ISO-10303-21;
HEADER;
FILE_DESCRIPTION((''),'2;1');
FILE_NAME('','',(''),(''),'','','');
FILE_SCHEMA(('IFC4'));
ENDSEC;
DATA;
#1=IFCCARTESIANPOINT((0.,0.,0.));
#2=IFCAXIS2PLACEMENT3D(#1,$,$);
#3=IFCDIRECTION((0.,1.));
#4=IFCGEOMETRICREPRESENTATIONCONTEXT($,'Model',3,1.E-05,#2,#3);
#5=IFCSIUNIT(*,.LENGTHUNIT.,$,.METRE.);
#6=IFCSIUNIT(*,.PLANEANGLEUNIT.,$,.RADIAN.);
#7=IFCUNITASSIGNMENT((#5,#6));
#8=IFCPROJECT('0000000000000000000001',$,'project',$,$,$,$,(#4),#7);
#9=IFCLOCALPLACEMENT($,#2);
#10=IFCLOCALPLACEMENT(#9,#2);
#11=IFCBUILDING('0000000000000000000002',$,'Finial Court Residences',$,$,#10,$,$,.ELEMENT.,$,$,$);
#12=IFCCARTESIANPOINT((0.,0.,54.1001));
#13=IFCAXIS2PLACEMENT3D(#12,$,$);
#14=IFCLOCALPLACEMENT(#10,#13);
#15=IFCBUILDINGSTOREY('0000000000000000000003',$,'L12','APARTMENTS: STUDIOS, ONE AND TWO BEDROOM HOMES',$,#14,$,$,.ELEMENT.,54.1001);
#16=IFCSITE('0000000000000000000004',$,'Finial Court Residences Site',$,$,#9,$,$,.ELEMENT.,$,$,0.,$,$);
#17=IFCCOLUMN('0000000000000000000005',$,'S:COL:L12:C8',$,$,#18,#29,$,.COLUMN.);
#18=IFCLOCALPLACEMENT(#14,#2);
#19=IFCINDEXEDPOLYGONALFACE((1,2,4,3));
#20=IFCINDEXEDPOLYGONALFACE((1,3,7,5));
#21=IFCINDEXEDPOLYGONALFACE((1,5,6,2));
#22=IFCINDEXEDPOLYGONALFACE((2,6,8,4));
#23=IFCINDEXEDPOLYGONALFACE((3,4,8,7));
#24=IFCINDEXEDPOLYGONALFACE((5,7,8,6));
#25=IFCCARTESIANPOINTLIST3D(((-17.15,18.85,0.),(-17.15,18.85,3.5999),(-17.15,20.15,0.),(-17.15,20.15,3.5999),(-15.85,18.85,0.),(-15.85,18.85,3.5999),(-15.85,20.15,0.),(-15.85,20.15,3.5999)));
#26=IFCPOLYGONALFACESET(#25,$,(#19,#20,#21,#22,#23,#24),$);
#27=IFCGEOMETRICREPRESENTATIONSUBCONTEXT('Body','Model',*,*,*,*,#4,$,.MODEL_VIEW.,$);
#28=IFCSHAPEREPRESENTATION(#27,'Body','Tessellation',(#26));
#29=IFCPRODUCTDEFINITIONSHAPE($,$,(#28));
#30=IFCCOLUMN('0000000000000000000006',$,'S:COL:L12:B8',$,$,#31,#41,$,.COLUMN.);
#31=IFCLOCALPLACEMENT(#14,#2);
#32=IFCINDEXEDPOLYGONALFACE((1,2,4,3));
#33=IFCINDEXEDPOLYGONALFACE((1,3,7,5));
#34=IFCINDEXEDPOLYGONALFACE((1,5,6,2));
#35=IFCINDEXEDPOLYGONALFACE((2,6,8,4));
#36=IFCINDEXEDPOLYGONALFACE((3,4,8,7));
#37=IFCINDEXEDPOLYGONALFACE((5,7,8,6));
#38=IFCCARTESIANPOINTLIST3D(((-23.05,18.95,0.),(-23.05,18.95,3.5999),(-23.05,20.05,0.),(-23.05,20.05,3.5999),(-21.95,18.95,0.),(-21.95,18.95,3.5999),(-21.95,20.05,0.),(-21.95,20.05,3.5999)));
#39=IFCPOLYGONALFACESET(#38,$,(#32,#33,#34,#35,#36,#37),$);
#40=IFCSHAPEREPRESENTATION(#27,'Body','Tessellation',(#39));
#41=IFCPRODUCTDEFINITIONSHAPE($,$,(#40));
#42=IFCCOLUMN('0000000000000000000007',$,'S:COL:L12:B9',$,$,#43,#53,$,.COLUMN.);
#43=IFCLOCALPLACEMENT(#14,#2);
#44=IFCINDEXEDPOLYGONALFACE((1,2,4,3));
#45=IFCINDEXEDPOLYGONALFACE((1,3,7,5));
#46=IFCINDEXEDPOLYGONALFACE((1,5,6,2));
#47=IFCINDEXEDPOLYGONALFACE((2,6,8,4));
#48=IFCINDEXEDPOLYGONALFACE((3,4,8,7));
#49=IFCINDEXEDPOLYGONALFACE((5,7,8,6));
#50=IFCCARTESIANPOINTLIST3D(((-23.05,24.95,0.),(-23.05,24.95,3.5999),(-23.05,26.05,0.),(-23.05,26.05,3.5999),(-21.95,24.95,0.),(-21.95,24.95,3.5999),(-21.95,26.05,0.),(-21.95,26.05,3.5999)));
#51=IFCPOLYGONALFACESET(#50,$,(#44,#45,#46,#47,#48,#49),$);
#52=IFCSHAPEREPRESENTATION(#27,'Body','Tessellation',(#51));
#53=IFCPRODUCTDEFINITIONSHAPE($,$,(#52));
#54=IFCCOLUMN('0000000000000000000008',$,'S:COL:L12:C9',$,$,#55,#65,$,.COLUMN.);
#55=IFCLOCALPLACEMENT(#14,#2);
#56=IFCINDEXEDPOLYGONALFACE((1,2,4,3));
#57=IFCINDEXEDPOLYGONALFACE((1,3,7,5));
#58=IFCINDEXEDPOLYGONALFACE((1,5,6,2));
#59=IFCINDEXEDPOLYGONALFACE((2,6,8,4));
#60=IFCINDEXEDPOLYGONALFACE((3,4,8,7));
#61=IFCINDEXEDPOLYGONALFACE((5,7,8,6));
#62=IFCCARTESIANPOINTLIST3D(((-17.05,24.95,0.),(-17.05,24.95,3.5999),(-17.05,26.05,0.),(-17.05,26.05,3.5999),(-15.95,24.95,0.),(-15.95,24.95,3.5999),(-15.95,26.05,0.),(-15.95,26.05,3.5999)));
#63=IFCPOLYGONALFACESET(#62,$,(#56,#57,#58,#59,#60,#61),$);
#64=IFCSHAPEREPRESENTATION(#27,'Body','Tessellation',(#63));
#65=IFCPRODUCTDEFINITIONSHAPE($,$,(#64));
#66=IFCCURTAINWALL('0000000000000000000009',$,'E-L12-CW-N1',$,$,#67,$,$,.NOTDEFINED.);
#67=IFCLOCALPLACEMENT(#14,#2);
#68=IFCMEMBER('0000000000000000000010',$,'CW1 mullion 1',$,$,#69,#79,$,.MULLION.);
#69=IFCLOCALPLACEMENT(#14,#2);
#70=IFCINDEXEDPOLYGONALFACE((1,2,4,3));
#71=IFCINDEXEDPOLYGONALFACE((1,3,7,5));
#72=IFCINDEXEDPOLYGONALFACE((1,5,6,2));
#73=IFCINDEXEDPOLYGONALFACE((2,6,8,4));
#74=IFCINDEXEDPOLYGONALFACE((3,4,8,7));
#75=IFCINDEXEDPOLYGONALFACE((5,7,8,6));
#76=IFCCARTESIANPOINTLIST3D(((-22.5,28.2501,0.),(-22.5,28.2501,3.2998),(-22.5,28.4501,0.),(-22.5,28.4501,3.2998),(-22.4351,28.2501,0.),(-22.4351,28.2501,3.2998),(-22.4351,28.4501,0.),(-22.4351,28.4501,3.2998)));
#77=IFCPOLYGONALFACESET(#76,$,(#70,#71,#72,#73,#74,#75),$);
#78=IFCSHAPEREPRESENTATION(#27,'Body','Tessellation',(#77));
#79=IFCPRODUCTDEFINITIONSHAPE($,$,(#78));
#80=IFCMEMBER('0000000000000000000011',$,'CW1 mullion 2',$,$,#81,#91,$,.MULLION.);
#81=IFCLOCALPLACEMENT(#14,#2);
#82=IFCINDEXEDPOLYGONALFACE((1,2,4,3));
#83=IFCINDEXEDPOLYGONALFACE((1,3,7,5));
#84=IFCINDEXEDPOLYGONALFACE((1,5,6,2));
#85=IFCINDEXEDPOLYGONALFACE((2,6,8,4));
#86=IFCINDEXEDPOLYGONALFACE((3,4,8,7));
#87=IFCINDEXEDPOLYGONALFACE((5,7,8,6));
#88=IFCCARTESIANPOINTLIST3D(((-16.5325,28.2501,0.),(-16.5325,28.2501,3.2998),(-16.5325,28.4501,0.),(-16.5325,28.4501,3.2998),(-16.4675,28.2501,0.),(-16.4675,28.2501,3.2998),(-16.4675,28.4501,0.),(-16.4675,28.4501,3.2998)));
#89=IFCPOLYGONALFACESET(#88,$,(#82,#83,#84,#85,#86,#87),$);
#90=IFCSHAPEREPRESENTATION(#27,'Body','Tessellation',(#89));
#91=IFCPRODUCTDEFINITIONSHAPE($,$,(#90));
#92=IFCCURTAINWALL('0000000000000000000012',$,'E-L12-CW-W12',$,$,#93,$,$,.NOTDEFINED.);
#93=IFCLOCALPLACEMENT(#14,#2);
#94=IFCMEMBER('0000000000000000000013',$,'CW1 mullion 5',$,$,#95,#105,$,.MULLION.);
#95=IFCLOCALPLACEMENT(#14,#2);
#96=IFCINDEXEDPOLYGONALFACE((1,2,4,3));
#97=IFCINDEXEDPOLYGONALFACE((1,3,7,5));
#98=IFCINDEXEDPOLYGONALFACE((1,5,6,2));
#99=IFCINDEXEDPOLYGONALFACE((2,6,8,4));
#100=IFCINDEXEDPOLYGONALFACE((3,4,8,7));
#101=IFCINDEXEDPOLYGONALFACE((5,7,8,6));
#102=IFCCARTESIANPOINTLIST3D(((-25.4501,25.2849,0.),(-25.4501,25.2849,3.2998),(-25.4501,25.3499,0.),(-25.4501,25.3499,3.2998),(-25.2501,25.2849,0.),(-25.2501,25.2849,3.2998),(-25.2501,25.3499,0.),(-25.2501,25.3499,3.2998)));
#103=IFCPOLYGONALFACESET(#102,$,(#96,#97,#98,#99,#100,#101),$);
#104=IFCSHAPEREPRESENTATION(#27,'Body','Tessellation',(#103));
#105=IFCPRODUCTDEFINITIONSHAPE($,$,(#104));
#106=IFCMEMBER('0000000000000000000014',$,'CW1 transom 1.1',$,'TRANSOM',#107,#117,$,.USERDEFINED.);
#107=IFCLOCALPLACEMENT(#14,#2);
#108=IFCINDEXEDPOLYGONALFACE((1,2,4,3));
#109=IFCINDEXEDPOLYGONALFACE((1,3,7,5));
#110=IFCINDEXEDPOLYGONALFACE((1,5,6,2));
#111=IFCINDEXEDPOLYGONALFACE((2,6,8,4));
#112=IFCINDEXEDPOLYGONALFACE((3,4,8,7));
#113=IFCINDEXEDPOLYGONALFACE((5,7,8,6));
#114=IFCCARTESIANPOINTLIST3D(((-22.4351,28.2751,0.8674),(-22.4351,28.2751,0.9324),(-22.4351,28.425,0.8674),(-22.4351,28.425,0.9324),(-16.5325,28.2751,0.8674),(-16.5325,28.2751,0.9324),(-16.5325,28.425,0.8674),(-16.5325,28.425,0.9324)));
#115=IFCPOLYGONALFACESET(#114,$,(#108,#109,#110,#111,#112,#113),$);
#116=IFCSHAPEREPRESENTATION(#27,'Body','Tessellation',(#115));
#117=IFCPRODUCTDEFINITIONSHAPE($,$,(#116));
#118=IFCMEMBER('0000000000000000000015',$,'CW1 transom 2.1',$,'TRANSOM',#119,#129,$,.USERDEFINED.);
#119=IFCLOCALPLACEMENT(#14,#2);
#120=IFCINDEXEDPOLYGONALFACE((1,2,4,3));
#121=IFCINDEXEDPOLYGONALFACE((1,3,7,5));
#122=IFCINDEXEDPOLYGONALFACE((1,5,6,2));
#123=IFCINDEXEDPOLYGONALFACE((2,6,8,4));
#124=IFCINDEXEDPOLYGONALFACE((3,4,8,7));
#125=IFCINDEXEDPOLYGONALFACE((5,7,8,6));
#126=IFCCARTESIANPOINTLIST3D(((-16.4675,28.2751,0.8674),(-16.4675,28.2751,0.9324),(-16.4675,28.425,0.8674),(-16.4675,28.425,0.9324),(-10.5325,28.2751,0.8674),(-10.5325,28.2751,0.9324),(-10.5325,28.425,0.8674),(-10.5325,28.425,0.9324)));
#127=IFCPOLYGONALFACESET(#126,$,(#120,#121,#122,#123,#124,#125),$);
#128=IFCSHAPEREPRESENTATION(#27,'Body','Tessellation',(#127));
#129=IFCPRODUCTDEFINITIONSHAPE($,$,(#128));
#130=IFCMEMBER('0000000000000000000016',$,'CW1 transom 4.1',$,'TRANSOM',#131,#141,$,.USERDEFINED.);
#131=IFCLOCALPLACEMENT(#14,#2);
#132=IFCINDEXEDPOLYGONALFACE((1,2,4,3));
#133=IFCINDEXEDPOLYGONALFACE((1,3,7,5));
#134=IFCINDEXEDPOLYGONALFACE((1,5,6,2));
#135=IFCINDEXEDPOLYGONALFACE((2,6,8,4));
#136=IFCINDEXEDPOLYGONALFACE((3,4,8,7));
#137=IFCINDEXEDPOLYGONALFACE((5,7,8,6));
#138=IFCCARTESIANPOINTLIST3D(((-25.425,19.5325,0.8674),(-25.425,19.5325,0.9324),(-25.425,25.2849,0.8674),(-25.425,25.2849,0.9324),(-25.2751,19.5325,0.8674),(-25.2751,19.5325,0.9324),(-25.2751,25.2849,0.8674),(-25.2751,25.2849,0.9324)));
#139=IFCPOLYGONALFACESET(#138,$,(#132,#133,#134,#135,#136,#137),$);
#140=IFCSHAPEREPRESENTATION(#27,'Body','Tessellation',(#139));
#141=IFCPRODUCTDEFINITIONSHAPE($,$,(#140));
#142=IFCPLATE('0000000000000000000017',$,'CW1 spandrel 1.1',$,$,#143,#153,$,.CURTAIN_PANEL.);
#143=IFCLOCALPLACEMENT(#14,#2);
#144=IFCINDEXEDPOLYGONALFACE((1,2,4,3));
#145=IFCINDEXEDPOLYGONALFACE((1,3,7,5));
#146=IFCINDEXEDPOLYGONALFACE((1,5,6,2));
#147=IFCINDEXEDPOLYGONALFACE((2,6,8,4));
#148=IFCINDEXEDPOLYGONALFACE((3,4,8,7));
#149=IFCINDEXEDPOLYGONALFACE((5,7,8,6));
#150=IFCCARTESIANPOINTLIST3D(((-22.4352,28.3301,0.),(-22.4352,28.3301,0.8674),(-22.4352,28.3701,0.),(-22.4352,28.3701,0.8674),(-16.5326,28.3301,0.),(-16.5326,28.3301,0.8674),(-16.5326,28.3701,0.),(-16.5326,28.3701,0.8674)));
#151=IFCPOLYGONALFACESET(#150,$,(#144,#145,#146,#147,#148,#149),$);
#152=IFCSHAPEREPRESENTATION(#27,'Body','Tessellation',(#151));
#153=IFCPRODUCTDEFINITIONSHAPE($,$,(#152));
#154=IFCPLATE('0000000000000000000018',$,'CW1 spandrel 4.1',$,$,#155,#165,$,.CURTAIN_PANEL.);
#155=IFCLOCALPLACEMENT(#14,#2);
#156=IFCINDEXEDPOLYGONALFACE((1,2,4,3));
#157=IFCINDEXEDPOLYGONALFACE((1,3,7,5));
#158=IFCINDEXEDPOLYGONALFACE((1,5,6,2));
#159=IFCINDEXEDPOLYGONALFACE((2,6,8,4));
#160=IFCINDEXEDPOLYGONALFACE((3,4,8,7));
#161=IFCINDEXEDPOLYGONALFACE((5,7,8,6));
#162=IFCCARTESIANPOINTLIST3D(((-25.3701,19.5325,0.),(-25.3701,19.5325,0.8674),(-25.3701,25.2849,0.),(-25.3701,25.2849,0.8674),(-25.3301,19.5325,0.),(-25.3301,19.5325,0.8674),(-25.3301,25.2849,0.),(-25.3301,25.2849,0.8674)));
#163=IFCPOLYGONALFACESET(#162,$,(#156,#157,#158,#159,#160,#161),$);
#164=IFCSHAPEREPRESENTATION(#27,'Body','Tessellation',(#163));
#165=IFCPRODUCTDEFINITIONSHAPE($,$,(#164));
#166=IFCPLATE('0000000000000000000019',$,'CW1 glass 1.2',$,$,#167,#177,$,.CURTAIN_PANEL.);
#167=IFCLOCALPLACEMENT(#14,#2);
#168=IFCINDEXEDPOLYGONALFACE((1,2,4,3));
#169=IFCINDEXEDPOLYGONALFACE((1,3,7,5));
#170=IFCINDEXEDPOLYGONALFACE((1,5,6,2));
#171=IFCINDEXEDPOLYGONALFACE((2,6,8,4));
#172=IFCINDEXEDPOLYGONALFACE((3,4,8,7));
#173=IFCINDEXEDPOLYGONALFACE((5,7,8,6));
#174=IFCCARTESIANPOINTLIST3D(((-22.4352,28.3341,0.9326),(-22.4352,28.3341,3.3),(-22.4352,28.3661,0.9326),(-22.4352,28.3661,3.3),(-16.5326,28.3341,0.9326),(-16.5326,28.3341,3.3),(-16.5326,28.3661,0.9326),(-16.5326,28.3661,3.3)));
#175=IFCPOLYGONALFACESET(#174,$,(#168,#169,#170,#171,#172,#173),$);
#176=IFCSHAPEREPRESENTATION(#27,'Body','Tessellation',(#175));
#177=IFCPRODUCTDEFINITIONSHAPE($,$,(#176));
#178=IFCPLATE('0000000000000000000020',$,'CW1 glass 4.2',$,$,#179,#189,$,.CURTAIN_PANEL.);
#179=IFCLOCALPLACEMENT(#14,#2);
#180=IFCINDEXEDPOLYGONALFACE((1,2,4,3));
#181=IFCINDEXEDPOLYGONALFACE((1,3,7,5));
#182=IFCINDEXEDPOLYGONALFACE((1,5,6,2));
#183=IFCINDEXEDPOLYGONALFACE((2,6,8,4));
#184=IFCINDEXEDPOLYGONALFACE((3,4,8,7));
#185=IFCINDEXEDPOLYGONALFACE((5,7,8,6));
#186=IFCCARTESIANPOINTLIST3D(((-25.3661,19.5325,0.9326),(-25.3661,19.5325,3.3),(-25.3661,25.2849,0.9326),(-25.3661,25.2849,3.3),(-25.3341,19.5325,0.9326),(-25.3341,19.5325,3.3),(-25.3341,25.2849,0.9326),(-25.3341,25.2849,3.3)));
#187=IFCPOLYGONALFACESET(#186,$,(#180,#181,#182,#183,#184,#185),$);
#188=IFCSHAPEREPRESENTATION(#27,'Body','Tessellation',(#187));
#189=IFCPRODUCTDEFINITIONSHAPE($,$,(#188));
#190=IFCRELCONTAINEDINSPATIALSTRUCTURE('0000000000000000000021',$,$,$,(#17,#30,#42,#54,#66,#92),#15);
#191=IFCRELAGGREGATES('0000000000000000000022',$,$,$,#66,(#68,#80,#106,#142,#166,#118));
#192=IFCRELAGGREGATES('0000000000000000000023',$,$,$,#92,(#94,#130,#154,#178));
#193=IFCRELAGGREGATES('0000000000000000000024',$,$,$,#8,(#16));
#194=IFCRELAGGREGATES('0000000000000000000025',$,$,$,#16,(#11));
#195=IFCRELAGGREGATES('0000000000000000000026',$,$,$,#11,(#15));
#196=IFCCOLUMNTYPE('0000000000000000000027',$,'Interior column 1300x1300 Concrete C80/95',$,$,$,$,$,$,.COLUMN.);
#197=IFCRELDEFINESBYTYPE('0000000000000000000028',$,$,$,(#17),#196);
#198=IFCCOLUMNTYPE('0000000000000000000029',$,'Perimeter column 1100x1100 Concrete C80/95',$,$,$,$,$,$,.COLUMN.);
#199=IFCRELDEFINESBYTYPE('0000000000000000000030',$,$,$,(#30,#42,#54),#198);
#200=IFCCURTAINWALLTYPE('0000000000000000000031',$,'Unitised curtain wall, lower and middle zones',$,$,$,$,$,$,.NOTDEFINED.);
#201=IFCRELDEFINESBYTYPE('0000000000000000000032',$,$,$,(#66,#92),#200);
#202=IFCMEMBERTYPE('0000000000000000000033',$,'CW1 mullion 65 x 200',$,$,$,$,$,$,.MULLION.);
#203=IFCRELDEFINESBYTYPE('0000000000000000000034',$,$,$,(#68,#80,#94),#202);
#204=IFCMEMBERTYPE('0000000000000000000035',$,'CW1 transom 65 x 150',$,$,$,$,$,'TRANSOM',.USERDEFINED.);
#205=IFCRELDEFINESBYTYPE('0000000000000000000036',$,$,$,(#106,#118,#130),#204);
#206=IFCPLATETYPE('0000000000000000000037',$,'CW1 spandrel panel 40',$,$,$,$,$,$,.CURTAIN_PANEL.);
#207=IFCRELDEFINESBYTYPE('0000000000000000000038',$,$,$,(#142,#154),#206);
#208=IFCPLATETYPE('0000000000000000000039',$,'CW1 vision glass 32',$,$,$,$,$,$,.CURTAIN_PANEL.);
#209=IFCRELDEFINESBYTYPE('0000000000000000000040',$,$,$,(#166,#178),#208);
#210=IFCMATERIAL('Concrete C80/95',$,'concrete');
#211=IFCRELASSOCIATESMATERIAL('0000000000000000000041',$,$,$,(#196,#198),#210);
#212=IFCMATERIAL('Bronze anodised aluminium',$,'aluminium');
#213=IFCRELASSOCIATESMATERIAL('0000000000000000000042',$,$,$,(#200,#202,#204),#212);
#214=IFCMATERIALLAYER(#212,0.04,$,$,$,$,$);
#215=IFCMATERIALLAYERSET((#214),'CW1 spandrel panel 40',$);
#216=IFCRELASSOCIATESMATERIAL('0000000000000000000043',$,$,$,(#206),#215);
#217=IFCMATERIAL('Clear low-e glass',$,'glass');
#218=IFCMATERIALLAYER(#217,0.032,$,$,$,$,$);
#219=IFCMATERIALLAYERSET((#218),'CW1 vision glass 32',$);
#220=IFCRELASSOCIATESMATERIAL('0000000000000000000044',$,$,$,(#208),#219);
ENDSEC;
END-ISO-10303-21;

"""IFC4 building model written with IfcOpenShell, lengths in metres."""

from ifc_helpers import new_model, si_unit, direction, frame, origin, origin_2d, place, context, subcontext, project, spatial, rectangle, extrude, material, layer, layer_set, material_profile, profile_set, type_object, element, aggregate, save


model = new_model("IFC4")

# Units and contexts
model_context = context("Model", 3, precision=1e-05, world=origin(), true_north=direction((0.0, 1.0)))
body_context = subcontext(model_context, "Body", "Model", "MODEL_VIEW")
ifc_project = project(units=[si_unit("LENGTHUNIT", "METRE"), si_unit("PLANEANGLEUNIT", "RADIAN")], contexts=[model_context])

# Site, building, storey
site_placement = place(None, origin())
site = spatial("IfcSite", under=ifc_project, at=site_placement, Name="Finial Court Residences Site", CompositionType="ELEMENT", RefElevation=0.0)
building_placement = place(site_placement, origin())
building = spatial("IfcBuilding", under=site, at=building_placement, Name="Finial Court Residences", CompositionType="ELEMENT")
storey_placement = place(building_placement, frame((0.0, 0.0, 54.1001)))
storey = spatial("IfcBuildingStorey", under=building, at=storey_placement, Name="L12", Description="APARTMENTS: STUDIOS, ONE AND TWO BEDROOM HOMES", CompositionType="ELEMENT", Elevation=54.1001)

# Columns
ifc_material_1 = material(Name="Concrete C80/95", Category="concrete")
ifc_material_profile_1 = material_profile(ifc_material_1, rectangle(XDim=1.3, YDim=1.3, at=origin_2d()), Name="1300x1300")
ifc_profile_set_1 = profile_set([ifc_material_profile_1], Name="Concrete C80/95")
column_type_1 = type_object("IfcColumnType", Name="Interior column 1300x1300 Concrete C80/95", PredefinedType="COLUMN", material=ifc_profile_set_1)
column_placement = place(storey_placement, frame((-16.5, 19.5, 0.0), z_axis=(0.0, 0.0, 1.0), x_axis=(1.0, 0.0, 0.0)))
element("IfcColumn", 1, at=column_placement, inside=storey, type_object=column_type_1, Name="S:COL:L12:C8", PredefinedType="COLUMN", context=body_context, shape_type="SweptSolid", body=[
    extrude(rectangle(XDim=1.3, YDim=1.3, at=origin_2d()), origin(), (0.0, 0.0, 1.0), 3.5999),
])
ifc_material_profile_2 = material_profile(ifc_material_1, rectangle(XDim=1.1001, YDim=1.1001, at=origin_2d()), Name="1100x1100")
ifc_profile_set_2 = profile_set([ifc_material_profile_2], Name="Concrete C80/95")
column_type_2 = type_object("IfcColumnType", Name="Perimeter column 1100x1100 Concrete C80/95", PredefinedType="COLUMN", material=ifc_profile_set_2)
for number, where, z_axis, x_axis, name in (
    (2, (-22.5, 19.5, 0.0), (0.0, 0.0, 1.0), (1.0, 0.0, 0.0), "S:COL:L12:B8"),
    (3, (-22.5, 25.5, 0.0), (0.0, 0.0, 1.0), (1.0, 0.0, 0.0), "S:COL:L12:B9"),
    (4, (-16.5, 25.5, 0.0), (0.0, 0.0, 1.0), (1.0, 0.0, 0.0), "S:COL:L12:C9"),
):
    element("IfcColumn", number, at=place(storey_placement, frame(where, z_axis=z_axis, x_axis=x_axis)), inside=storey, type_object=column_type_2, Name=name, PredefinedType="COLUMN", context=body_context, shape_type="SweptSolid", body=[
        extrude(rectangle(XDim=1.1001, YDim=1.1001, at=origin_2d()), origin(), (0.0, 0.0, 1.0), 3.5999),
    ])

# Curtain wall, members
ifc_material_2 = material(Name="Bronze anodised aluminium", Category="aluminium")
curtain_wall_type = type_object("IfcCurtainWallType", Name="Unitised curtain wall, lower and middle zones", PredefinedType="NOTDEFINED", material=ifc_material_2)
curtain_wall_1_placement = place(storey_placement, origin())
curtain_wall_1 = element("IfcCurtainWall", 5, at=curtain_wall_1_placement, inside=storey, type_object=curtain_wall_type, Name="E-L12-CW-N1", PredefinedType="NOTDEFINED")
ifc_material_profile_3 = material_profile(ifc_material_2, rectangle(XDim=0.2, YDim=0.0649, at=origin_2d()), Name="CW1 mullion 65 x 200")
ifc_profile_set_3 = profile_set([ifc_material_profile_3], Name="Bronze anodised aluminium")
member_type_1 = type_object("IfcMemberType", Name="CW1 mullion 65 x 200", PredefinedType="MULLION", material=ifc_profile_set_3)
member_1_placement = place(storey_placement, frame((-22.4675, 28.3501, 0.0), z_axis=(0.0, 0.0, 1.0), x_axis=(0.0, 1.0, 0.0)))
member_1 = element("IfcMember", 6, at=member_1_placement, type_object=member_type_1, Name="CW1 mullion 1", PredefinedType="MULLION", context=body_context, shape_type="SweptSolid", body=[
    extrude(rectangle(XDim=0.2, YDim=0.0649, at=origin_2d()), origin(), (0.0, 0.0, 1.0), 3.2998),
])
member_2_placement = place(storey_placement, frame((-16.5, 28.3501, 0.0), z_axis=(0.0, 0.0, 1.0), x_axis=(0.0, 1.0, 0.0)))
member_2 = element("IfcMember", 7, at=member_2_placement, type_object=member_type_1, Name="CW1 mullion 2", PredefinedType="MULLION", context=body_context, shape_type="SweptSolid", body=[
    extrude(rectangle(XDim=0.2, YDim=0.0649, at=origin_2d()), origin(), (0.0, 0.0, 1.0), 3.2998),
])

# Curtain wall, member
curtain_wall_2_placement = place(storey_placement, origin())
curtain_wall_2 = element("IfcCurtainWall", 8, at=curtain_wall_2_placement, inside=storey, type_object=curtain_wall_type, Name="E-L12-CW-W12", PredefinedType="NOTDEFINED")
member_3_placement = place(storey_placement, frame((-25.3501, 25.3174, 0.0), z_axis=(0.0, 0.0, 1.0), x_axis=(-1.0, 0.0, 0.0)))
member_3 = element("IfcMember", 9, at=member_3_placement, type_object=member_type_1, Name="CW1 mullion 5", PredefinedType="MULLION", context=body_context, shape_type="SweptSolid", body=[
    extrude(rectangle(XDim=0.2, YDim=0.0649, at=origin_2d()), origin(), (0.0, 0.0, 1.0), 3.2998),
])

# Members
ifc_material_profile_4 = material_profile(ifc_material_2, rectangle(XDim=0.1499, YDim=0.0649, at=origin_2d()), Name="CW1 transom 65 x 150")
ifc_profile_set_4 = profile_set([ifc_material_profile_4], Name="Bronze anodised aluminium")
member_type_2 = type_object("IfcMemberType", Name="CW1 transom 65 x 150", ElementType="TRANSOM", PredefinedType="USERDEFINED", material=ifc_profile_set_4)
member_4_placement = place(storey_placement, frame((-22.4351, 28.3501, 0.8999), z_axis=(1.0, 0.0, 0.0), x_axis=(0.0, 1.0, 0.0)))
member_4 = element("IfcMember", 10, at=member_4_placement, type_object=member_type_2, Name="CW1 transom 1.1", ObjectType="TRANSOM", PredefinedType="USERDEFINED", context=body_context, shape_type="SweptSolid", body=[
    extrude(rectangle(XDim=0.1499, YDim=0.0649, at=origin_2d()), origin(), (0.0, 0.0, 1.0), 5.9026),
])
member_5_placement = place(storey_placement, frame((-16.4675, 28.3501, 0.8999), z_axis=(1.0, 0.0, 0.0), x_axis=(0.0, 1.0, 0.0)))
member_5 = element("IfcMember", 11, at=member_5_placement, type_object=member_type_2, Name="CW1 transom 2.1", ObjectType="TRANSOM", PredefinedType="USERDEFINED", context=body_context, shape_type="SweptSolid", body=[
    extrude(rectangle(XDim=0.1499, YDim=0.0649, at=origin_2d()), origin(), (0.0, 0.0, 1.0), 5.9351),
])
member_6_placement = place(storey_placement, frame((-25.3501, 19.5325, 0.8999), z_axis=(0.0, 1.0, 0.0), x_axis=(-1.0, 0.0, 0.0)))
member_6 = element("IfcMember", 12, at=member_6_placement, type_object=member_type_2, Name="CW1 transom 4.1", ObjectType="TRANSOM", PredefinedType="USERDEFINED", context=body_context, shape_type="SweptSolid", body=[
    extrude(rectangle(XDim=0.1499, YDim=0.0649, at=origin_2d()), origin(), (0.0, 0.0, 1.0), 5.7524),
])

# Plates
ifc_layer_1 = layer(ifc_material_2, 0.04)
ifc_layer_set_1 = layer_set([ifc_layer_1], Name="CW1 spandrel panel 40")
plate_type_1 = type_object("IfcPlateType", Name="CW1 spandrel panel 40", PredefinedType="CURTAIN_PANEL", material=ifc_layer_set_1)
plate_1_placement = place(storey_placement, frame((-19.4839, 28.3501, 0.0), z_axis=(0.0, 0.0, 1.0), x_axis=(1.0, 0.0, 0.0)))
plate_1 = element("IfcPlate", 13, at=plate_1_placement, type_object=plate_type_1, Name="CW1 spandrel 1.1", PredefinedType="CURTAIN_PANEL", context=body_context, shape_type="SweptSolid", body=[
    extrude(rectangle(XDim=5.9026, YDim=0.04, at=origin_2d()), origin(), (0.0, 0.0, 1.0), 0.8674),
])
plate_2_placement = place(storey_placement, frame((-25.3501, 22.4087, 0.0), z_axis=(0.0, 0.0, 1.0), x_axis=(0.0, 1.0, 0.0)))
plate_2 = element("IfcPlate", 14, at=plate_2_placement, type_object=plate_type_1, Name="CW1 spandrel 4.1", PredefinedType="CURTAIN_PANEL", context=body_context, shape_type="SweptSolid", body=[
    extrude(rectangle(XDim=5.7524, YDim=0.04, at=origin_2d()), origin(), (0.0, 0.0, 1.0), 0.8674),
])
ifc_material_3 = material(Name="Clear low-e glass", Category="glass")
ifc_layer_2 = layer(ifc_material_3, 0.032)
ifc_layer_set_2 = layer_set([ifc_layer_2], Name="CW1 vision glass 32")
plate_type_2 = type_object("IfcPlateType", Name="CW1 vision glass 32", PredefinedType="CURTAIN_PANEL", material=ifc_layer_set_2)
plate_3_placement = place(storey_placement, frame((-19.4839, 28.3501, 0.9326), z_axis=(0.0, 0.0, 1.0), x_axis=(1.0, 0.0, 0.0)))
plate_3 = element("IfcPlate", 15, at=plate_3_placement, type_object=plate_type_2, Name="CW1 glass 1.2", PredefinedType="CURTAIN_PANEL", context=body_context, shape_type="SweptSolid", body=[
    extrude(rectangle(XDim=5.9026, YDim=0.032, at=origin_2d()), origin(), (0.0, 0.0, 1.0), 2.3674),
])
aggregate(curtain_wall_1, [member_1, member_2, member_4, plate_1, plate_3, member_5])
plate_4_placement = place(storey_placement, frame((-25.3501, 22.4087, 0.9326), z_axis=(0.0, 0.0, 1.0), x_axis=(0.0, 1.0, 0.0)))
plate_4 = element("IfcPlate", 16, at=plate_4_placement, type_object=plate_type_2, Name="CW1 glass 4.2", PredefinedType="CURTAIN_PANEL", context=body_context, shape_type="SweptSolid", body=[
    extrude(rectangle(XDim=5.7524, YDim=0.032, at=origin_2d()), origin(), (0.0, 0.0, 1.0), 2.3674),
])
aggregate(curtain_wall_2, [member_3, member_6, plate_2, plate_4])

save(model, "model.ifc")
